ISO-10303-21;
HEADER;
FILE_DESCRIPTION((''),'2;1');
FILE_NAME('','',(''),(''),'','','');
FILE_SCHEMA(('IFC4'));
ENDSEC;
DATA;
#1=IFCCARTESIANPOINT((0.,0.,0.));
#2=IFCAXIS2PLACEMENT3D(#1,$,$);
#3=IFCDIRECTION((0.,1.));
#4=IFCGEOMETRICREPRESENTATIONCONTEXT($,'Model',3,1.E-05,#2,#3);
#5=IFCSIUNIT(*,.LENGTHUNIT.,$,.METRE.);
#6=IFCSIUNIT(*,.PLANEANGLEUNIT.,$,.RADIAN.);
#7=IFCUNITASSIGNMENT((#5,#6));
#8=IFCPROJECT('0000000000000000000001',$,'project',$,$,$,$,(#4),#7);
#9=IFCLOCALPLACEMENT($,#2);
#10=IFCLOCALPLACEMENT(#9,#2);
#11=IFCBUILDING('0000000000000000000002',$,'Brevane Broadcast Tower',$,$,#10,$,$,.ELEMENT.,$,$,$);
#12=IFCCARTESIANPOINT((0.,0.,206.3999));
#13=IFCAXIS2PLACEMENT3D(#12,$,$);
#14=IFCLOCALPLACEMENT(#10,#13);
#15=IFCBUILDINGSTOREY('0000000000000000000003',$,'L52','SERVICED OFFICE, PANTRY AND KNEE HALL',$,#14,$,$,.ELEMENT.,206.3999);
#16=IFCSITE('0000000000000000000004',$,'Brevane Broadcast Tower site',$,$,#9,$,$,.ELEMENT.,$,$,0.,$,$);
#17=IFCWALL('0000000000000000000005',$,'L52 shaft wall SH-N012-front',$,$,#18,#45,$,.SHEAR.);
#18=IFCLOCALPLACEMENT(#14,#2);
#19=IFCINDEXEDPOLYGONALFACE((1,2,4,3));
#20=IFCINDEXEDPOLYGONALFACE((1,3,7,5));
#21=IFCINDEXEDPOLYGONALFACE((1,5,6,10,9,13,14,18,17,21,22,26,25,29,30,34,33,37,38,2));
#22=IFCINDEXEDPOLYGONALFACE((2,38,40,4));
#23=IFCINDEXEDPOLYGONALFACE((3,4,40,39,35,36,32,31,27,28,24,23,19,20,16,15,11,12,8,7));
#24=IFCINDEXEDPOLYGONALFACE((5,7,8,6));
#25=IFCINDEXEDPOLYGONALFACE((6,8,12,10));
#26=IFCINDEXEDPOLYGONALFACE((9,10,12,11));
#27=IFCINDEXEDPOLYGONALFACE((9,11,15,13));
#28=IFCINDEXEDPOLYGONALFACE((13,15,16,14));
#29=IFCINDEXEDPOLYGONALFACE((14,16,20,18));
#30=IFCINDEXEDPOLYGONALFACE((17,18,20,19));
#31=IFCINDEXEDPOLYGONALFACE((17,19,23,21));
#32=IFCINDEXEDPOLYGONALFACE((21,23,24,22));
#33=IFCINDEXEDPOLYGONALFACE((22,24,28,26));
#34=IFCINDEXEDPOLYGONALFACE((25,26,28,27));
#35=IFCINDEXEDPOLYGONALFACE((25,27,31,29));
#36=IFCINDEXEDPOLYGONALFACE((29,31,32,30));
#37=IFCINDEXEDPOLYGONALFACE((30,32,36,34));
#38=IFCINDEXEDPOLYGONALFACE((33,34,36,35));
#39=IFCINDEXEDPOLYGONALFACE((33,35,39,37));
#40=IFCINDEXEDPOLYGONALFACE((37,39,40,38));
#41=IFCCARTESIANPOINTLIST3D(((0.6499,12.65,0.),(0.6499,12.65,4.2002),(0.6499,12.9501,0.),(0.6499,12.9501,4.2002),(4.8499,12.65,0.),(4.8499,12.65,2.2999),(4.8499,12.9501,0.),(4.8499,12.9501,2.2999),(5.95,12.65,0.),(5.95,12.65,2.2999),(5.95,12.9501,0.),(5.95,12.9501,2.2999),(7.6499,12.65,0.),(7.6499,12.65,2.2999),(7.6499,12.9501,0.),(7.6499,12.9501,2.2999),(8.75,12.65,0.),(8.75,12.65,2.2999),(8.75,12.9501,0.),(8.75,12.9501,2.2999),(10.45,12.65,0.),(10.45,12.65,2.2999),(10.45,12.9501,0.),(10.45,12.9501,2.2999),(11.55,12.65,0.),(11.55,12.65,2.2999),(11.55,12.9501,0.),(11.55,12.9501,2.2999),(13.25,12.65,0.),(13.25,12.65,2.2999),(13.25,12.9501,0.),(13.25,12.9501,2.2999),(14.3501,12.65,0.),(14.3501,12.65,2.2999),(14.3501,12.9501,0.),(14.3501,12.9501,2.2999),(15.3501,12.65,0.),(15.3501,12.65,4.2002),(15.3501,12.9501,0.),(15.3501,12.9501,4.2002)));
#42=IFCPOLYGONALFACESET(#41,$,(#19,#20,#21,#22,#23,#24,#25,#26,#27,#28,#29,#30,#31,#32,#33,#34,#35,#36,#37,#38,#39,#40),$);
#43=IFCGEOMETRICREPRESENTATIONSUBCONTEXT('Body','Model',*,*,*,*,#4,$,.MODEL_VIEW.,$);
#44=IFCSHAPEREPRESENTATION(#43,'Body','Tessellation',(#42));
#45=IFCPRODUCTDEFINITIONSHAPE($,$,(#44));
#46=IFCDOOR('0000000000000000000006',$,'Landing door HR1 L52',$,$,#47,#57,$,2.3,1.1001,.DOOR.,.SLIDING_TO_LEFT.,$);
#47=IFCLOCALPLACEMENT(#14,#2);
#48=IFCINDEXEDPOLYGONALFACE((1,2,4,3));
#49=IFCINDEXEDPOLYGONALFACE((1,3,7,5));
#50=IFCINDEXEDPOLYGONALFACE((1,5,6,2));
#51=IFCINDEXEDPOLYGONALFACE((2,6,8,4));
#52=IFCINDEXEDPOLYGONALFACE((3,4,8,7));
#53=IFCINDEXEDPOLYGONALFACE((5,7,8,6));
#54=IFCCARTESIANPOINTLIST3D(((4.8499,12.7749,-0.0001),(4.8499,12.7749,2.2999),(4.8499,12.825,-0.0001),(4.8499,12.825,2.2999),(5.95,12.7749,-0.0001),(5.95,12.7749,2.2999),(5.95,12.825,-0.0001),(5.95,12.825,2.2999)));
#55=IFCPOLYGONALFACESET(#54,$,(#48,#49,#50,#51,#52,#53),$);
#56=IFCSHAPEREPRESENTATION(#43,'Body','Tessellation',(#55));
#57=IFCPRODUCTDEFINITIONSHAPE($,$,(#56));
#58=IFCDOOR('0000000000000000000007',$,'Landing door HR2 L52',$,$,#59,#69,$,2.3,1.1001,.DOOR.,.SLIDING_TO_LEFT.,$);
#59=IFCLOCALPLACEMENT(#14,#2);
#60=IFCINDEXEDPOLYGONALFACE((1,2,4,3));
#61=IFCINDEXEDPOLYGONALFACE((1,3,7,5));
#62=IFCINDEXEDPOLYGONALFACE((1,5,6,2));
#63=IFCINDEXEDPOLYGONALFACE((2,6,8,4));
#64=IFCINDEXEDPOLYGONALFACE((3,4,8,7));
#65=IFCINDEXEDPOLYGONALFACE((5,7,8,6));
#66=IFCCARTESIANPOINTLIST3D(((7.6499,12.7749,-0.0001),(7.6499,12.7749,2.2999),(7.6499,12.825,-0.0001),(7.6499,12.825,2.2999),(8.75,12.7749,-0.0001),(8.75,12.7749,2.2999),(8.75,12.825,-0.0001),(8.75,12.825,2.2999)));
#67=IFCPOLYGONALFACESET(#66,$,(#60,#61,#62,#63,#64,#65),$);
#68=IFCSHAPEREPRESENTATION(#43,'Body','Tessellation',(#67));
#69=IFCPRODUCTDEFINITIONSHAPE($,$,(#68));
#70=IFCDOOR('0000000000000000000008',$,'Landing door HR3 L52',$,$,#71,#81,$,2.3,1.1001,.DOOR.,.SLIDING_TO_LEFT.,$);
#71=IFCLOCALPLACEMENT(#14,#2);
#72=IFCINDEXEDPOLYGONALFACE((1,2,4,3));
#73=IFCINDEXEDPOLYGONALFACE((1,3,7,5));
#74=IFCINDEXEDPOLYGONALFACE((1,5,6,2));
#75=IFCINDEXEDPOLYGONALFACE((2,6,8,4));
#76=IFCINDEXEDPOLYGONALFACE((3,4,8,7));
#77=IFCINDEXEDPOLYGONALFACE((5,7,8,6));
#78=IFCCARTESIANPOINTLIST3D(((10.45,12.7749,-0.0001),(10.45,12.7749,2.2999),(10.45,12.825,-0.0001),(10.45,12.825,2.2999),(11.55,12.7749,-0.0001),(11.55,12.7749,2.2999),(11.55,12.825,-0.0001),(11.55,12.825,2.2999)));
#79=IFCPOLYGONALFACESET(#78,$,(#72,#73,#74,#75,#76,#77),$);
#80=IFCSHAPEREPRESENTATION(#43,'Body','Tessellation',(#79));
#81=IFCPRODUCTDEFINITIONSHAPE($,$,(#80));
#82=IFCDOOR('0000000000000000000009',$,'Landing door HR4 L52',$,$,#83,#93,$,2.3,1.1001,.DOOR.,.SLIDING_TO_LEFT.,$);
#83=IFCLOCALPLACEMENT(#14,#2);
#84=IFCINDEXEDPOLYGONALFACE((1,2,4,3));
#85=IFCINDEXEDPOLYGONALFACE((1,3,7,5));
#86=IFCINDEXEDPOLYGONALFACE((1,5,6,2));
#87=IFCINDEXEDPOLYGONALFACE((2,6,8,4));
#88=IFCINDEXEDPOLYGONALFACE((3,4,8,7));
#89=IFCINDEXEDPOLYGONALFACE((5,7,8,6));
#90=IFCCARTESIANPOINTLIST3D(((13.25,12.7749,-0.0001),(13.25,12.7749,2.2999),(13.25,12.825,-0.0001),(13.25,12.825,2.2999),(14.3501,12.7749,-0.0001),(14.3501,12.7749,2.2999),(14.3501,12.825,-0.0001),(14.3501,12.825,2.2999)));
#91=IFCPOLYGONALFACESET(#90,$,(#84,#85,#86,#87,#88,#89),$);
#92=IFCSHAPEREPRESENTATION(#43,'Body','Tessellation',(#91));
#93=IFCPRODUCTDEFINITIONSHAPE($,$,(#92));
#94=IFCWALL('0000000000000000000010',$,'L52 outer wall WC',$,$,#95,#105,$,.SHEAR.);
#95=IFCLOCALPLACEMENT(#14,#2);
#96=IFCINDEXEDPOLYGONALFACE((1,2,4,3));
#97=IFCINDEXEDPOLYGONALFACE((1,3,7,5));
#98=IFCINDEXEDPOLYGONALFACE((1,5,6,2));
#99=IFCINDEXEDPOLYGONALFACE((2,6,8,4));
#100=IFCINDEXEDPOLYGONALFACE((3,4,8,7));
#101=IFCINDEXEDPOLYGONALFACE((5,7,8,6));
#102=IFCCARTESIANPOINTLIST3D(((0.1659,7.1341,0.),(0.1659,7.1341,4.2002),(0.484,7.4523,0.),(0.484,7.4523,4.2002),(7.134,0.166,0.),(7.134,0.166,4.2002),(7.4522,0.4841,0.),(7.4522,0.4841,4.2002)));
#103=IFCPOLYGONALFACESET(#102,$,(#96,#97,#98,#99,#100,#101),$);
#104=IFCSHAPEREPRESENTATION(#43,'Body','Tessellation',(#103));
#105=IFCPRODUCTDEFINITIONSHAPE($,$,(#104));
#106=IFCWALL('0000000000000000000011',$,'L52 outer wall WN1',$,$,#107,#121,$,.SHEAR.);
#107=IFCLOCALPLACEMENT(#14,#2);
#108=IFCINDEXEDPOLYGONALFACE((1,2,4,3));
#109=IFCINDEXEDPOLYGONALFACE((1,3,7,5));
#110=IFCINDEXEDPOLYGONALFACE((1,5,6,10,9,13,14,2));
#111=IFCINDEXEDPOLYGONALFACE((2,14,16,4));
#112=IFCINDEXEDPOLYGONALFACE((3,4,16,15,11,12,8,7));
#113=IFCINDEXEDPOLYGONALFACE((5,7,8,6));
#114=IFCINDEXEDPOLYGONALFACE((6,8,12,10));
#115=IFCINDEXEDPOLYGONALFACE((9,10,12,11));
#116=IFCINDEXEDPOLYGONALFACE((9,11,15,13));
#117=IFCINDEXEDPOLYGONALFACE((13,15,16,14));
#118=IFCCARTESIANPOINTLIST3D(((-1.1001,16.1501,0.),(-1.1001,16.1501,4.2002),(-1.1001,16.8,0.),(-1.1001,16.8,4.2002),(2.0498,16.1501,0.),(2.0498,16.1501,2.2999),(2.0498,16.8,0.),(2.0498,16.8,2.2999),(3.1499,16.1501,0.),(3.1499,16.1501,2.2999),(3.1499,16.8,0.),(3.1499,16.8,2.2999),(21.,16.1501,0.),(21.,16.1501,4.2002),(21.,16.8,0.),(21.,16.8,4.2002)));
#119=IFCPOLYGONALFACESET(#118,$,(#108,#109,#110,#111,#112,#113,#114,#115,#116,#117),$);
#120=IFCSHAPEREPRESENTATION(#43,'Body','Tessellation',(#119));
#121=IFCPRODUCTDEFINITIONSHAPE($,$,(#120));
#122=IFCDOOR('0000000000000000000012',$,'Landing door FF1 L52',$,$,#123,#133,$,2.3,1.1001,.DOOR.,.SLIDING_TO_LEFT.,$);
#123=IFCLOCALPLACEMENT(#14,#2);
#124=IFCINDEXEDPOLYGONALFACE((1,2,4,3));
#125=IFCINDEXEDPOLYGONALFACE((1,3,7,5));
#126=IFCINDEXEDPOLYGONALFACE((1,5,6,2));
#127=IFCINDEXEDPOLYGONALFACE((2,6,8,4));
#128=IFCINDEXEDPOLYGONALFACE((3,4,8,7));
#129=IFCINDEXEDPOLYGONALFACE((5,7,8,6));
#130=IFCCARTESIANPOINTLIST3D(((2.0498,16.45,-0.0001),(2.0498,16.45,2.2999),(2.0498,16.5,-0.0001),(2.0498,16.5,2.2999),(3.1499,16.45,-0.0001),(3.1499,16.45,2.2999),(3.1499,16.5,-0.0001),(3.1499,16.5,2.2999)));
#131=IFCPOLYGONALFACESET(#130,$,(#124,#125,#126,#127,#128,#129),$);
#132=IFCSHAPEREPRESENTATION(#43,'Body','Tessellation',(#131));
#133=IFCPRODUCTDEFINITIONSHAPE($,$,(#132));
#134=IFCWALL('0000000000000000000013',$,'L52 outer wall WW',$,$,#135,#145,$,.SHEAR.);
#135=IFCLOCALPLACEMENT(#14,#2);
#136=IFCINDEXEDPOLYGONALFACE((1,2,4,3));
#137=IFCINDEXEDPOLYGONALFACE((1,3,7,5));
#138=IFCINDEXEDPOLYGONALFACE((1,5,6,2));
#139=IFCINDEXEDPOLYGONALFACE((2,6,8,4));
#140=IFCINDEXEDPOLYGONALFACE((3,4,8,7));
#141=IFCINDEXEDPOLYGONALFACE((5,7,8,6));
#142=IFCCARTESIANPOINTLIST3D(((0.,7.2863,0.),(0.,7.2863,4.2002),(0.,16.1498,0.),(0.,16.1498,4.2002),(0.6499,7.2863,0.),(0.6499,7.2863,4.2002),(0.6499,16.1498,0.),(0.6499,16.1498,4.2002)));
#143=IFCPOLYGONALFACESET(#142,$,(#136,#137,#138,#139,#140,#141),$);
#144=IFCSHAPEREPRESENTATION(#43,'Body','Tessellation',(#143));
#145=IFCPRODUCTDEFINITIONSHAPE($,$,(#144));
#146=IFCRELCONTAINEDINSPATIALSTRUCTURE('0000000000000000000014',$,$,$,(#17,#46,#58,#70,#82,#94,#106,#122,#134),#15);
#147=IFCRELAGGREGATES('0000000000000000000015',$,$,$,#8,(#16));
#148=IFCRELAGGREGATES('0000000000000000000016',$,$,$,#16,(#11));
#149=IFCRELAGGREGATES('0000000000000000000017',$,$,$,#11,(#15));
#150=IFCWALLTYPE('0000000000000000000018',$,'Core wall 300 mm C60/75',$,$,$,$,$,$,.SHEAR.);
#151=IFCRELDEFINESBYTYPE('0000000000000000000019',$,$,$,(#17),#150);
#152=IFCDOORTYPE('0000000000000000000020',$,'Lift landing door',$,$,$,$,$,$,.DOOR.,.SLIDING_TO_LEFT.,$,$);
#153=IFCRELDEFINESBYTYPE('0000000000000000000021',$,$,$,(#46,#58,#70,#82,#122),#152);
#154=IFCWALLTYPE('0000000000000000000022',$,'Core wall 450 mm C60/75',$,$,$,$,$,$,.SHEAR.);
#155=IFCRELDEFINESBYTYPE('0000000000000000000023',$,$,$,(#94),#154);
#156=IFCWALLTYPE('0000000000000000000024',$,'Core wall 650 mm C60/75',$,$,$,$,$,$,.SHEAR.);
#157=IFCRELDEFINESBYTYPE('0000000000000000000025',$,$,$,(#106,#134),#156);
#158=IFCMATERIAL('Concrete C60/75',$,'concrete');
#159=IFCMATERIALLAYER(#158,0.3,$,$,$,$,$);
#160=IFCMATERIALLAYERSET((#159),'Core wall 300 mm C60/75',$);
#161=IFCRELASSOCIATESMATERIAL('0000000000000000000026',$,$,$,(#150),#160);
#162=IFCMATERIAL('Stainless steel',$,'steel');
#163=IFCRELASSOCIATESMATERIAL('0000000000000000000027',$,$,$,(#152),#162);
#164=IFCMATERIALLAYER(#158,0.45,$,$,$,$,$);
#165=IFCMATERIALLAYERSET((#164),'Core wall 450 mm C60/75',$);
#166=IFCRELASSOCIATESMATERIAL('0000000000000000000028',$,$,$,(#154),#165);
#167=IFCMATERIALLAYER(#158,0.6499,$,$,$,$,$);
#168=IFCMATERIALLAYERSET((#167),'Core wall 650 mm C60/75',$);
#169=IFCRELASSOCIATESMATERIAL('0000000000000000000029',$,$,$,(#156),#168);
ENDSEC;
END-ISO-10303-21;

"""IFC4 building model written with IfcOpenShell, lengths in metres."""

from ifc_helpers import new_model, si_unit, direction, frame, frame_2d, origin, place, context, subcontext, project, spatial, rectangle, extrude, material, layer, layer_set, type_object, element, fill, save


model = new_model("IFC4")

# Units and contexts
model_context = context("Model", 3, precision=1e-05, world=origin(), true_north=direction((0.0, 1.0)))
body_context = subcontext(model_context, "Body", "Model", "MODEL_VIEW")
ifc_project = project(units=[si_unit("LENGTHUNIT", "METRE"), si_unit("PLANEANGLEUNIT", "RADIAN")], contexts=[model_context])

# Site, building, storey
site_placement = place(None, origin())
site = spatial("IfcSite", under=ifc_project, at=site_placement, Name="Brevane Broadcast Tower site", CompositionType="ELEMENT", RefElevation=0.0)
building_placement = place(site_placement, origin())
building = spatial("IfcBuilding", under=site, at=building_placement, Name="Brevane Broadcast Tower", CompositionType="ELEMENT")
storey_placement = place(building_placement, frame((0.0, 0.0, 206.3999)))
storey = spatial("IfcBuildingStorey", under=building, at=storey_placement, Name="L52", Description="SERVICED OFFICE, PANTRY AND KNEE HALL", CompositionType="ELEMENT", Elevation=206.3999)

# Wall, openings, doors
ifc_material_1 = material(Name="Concrete C60/75", Category="concrete")
ifc_layer_1 = layer(ifc_material_1, 0.3)
ifc_layer_set_1 = layer_set([ifc_layer_1], Name="Core wall 300 mm C60/75")
wall_type_1 = type_object("IfcWallType", Name="Core wall 300 mm C60/75", PredefinedType="SHEAR", material=ifc_layer_set_1)
wall_1_placement = place(storey_placement, frame((0.6499, 12.8, 0.0), z_axis=(0.0, 0.0, 1.0), x_axis=(1.0, 0.0, 0.0)))
wall_1 = element("IfcWall", 1, at=wall_1_placement, inside=storey, type_object=wall_type_1, Name="L52 shaft wall SH-N012-front", PredefinedType="SHEAR", context=body_context, shape_type="SweptSolid", body=[
    extrude(rectangle(XDim=14.7002, YDim=0.3, at=frame_2d((7.3501, 0.0))), origin(), (0.0, 0.0, 1.0), 4.2002),
])
opening_1_placement = place(wall_1_placement, frame((4.2, 0.0, 0.0)))
opening_1 = element("IfcOpeningElement", 2, at=opening_1_placement, cuts=wall_1, PredefinedType="OPENING", context=body_context, shape_type="SweptSolid", body=[
    extrude(rectangle(XDim=1.1001, YDim=2.3, at=frame_2d((0.55, 1.1499))), frame((0.0, 0.1599, 0.0), z_axis=(0.0, -1.0, 0.0), x_axis=(1.0, 0.0, 0.0)), (0.0, 0.0, 1.0), 0.3201),
])
opening_2_placement = place(wall_1_placement, frame((7.0, 0.0, 0.0)))
opening_2 = element("IfcOpeningElement", 3, at=opening_2_placement, cuts=wall_1, PredefinedType="OPENING", context=body_context, shape_type="SweptSolid", body=[
    extrude(rectangle(XDim=1.1001, YDim=2.3, at=frame_2d((0.55, 1.1499))), frame((0.0, 0.1599, 0.0), z_axis=(0.0, -1.0, 0.0), x_axis=(1.0, 0.0, 0.0)), (0.0, 0.0, 1.0), 0.3201),
])
opening_3_placement = place(wall_1_placement, frame((9.8, 0.0, 0.0)))
opening_3 = element("IfcOpeningElement", 4, at=opening_3_placement, cuts=wall_1, PredefinedType="OPENING", context=body_context, shape_type="SweptSolid", body=[
    extrude(rectangle(XDim=1.1001, YDim=2.3, at=frame_2d((0.55, 1.1499))), frame((0.0, 0.1599, 0.0), z_axis=(0.0, -1.0, 0.0), x_axis=(1.0, 0.0, 0.0)), (0.0, 0.0, 1.0), 0.3201),
])
opening_4_placement = place(wall_1_placement, frame((12.6001, 0.0, 0.0)))
opening_4 = element("IfcOpeningElement", 5, at=opening_4_placement, cuts=wall_1, PredefinedType="OPENING", context=body_context, shape_type="SweptSolid", body=[
    extrude(rectangle(XDim=1.1001, YDim=2.3, at=frame_2d((0.55, 1.1499))), frame((0.0, 0.1599, 0.0), z_axis=(0.0, -1.0, 0.0), x_axis=(1.0, 0.0, 0.0)), (0.0, 0.0, 1.0), 0.3201),
])
ifc_material_2 = material(Name="Stainless steel", Category="steel")
door_type = type_object("IfcDoorType", Name="Lift landing door", OperationType="SLIDING_TO_LEFT", PredefinedType="DOOR", material=ifc_material_2)
door_1_placement = place(opening_1_placement, origin())
door_1 = element("IfcDoor", 6, at=door_1_placement, inside=storey, type_object=door_type, Name="Landing door HR1 L52", OperationType="SLIDING_TO_LEFT", OverallHeight=2.3, OverallWidth=1.1001, PredefinedType="DOOR", context=body_context, shape_type="SweptSolid", body=[
    extrude(rectangle(XDim=1.1001, YDim=2.3, at=frame_2d((0.55, 1.1499))), frame((0.0, 0.0249, 0.0), z_axis=(0.0, -1.0, 0.0), x_axis=(1.0, 0.0, 0.0)), (0.0, 0.0, 1.0), 0.05),
])
fill(opening_1, door_1)
door_2_placement = place(opening_2_placement, origin())
door_2 = element("IfcDoor", 7, at=door_2_placement, inside=storey, type_object=door_type, Name="Landing door HR2 L52", OperationType="SLIDING_TO_LEFT", OverallHeight=2.3, OverallWidth=1.1001, PredefinedType="DOOR", context=body_context, shape_type="SweptSolid", body=[
    extrude(rectangle(XDim=1.1001, YDim=2.3, at=frame_2d((0.55, 1.1499))), frame((0.0, 0.0249, 0.0), z_axis=(0.0, -1.0, 0.0), x_axis=(1.0, 0.0, 0.0)), (0.0, 0.0, 1.0), 0.05),
])
fill(opening_2, door_2)
door_3_placement = place(opening_3_placement, origin())
door_3 = element("IfcDoor", 8, at=door_3_placement, inside=storey, type_object=door_type, Name="Landing door HR3 L52", OperationType="SLIDING_TO_LEFT", OverallHeight=2.3, OverallWidth=1.1001, PredefinedType="DOOR", context=body_context, shape_type="SweptSolid", body=[
    extrude(rectangle(XDim=1.1001, YDim=2.3, at=frame_2d((0.55, 1.1499))), frame((0.0, 0.0249, 0.0), z_axis=(0.0, -1.0, 0.0), x_axis=(1.0, 0.0, 0.0)), (0.0, 0.0, 1.0), 0.05),
])
fill(opening_3, door_3)
door_4_placement = place(opening_4_placement, origin())
door_4 = element("IfcDoor", 9, at=door_4_placement, inside=storey, type_object=door_type, Name="Landing door HR4 L52", OperationType="SLIDING_TO_LEFT", OverallHeight=2.3, OverallWidth=1.1001, PredefinedType="DOOR", context=body_context, shape_type="SweptSolid", body=[
    extrude(rectangle(XDim=1.1001, YDim=2.3, at=frame_2d((0.55, 1.1499))), frame((0.0, 0.0249, 0.0), z_axis=(0.0, -1.0, 0.0), x_axis=(1.0, 0.0, 0.0)), (0.0, 0.0, 1.0), 0.05),
])
fill(opening_4, door_4)

# Wall
ifc_layer_2 = layer(ifc_material_1, 0.45)
ifc_layer_set_2 = layer_set([ifc_layer_2], Name="Core wall 450 mm C60/75")
wall_type_2 = type_object("IfcWallType", Name="Core wall 450 mm C60/75", PredefinedType="SHEAR", material=ifc_layer_set_2)
wall_2_placement = place(storey_placement, frame((0.325, 7.2932, 0.0), z_axis=(0.0, 0.0, 1.0), x_axis=(0.707107, -0.707107, 0.0)))
element("IfcWall", 10, at=wall_2_placement, inside=storey, type_object=wall_type_2, Name="L52 outer wall WC", PredefinedType="SHEAR", context=body_context, shape_type="SweptSolid", body=[
    extrude(rectangle(XDim=9.8545, YDim=0.45, at=frame_2d((4.9272, 0.0))), origin(), (0.0, 0.0, 1.0), 4.2002),
])

# Wall, opening, door
ifc_layer_3 = layer(ifc_material_1, 0.6499)
ifc_layer_set_3 = layer_set([ifc_layer_3], Name="Core wall 650 mm C60/75")
wall_type_3 = type_object("IfcWallType", Name="Core wall 650 mm C60/75", PredefinedType="SHEAR", material=ifc_layer_set_3)
wall_3_placement = place(storey_placement, frame((-1.1001, 16.4751, 0.0), z_axis=(0.0, 0.0, 1.0), x_axis=(1.0, 0.0, 0.0)))
wall_3 = element("IfcWall", 11, at=wall_3_placement, inside=storey, type_object=wall_type_3, Name="L52 outer wall WN1", PredefinedType="SHEAR", context=body_context, shape_type="SweptSolid", body=[
    extrude(rectangle(XDim=22.1001, YDim=0.6499, at=frame_2d((11.05, 0.0))), origin(), (0.0, 0.0, 1.0), 4.2002),
])
opening_5_placement = place(wall_3_placement, frame((3.1499, 0.0, 0.0)))
opening_5 = element("IfcOpeningElement", 12, at=opening_5_placement, cuts=wall_3, PredefinedType="OPENING", context=body_context, shape_type="SweptSolid", body=[
    extrude(rectangle(XDim=1.1001, YDim=2.3, at=frame_2d((0.55, 1.1499))), frame((0.0, 0.335, 0.0), z_axis=(0.0, -1.0, 0.0), x_axis=(1.0, 0.0, 0.0)), (0.0, 0.0, 1.0), 0.6699),
])
door_5_placement = place(opening_5_placement, origin())
door_5 = element("IfcDoor", 13, at=door_5_placement, inside=storey, type_object=door_type, Name="Landing door FF1 L52", OperationType="SLIDING_TO_LEFT", OverallHeight=2.3, OverallWidth=1.1001, PredefinedType="DOOR", context=body_context, shape_type="SweptSolid", body=[
    extrude(rectangle(XDim=1.1001, YDim=2.3, at=frame_2d((0.55, 1.1499))), frame((0.0, 0.0249, 0.0), z_axis=(0.0, -1.0, 0.0), x_axis=(1.0, 0.0, 0.0)), (0.0, 0.0, 1.0), 0.05),
])
fill(opening_5, door_5)

# Wall
wall_4_placement = place(storey_placement, frame((0.325, 7.2864, 0.0), z_axis=(0.0, 0.0, 1.0), x_axis=(0.0, 1.0, 0.0)))
element("IfcWall", 14, at=wall_4_placement, inside=storey, type_object=wall_type_3, Name="L52 outer wall WW", PredefinedType="SHEAR", context=body_context, shape_type="SweptSolid", body=[
    extrude(rectangle(XDim=8.8635, YDim=0.6499, at=frame_2d((4.4316, 0.0))), origin(), (0.0, 0.0, 1.0), 4.2002),
])

save(model, "model.ifc")
